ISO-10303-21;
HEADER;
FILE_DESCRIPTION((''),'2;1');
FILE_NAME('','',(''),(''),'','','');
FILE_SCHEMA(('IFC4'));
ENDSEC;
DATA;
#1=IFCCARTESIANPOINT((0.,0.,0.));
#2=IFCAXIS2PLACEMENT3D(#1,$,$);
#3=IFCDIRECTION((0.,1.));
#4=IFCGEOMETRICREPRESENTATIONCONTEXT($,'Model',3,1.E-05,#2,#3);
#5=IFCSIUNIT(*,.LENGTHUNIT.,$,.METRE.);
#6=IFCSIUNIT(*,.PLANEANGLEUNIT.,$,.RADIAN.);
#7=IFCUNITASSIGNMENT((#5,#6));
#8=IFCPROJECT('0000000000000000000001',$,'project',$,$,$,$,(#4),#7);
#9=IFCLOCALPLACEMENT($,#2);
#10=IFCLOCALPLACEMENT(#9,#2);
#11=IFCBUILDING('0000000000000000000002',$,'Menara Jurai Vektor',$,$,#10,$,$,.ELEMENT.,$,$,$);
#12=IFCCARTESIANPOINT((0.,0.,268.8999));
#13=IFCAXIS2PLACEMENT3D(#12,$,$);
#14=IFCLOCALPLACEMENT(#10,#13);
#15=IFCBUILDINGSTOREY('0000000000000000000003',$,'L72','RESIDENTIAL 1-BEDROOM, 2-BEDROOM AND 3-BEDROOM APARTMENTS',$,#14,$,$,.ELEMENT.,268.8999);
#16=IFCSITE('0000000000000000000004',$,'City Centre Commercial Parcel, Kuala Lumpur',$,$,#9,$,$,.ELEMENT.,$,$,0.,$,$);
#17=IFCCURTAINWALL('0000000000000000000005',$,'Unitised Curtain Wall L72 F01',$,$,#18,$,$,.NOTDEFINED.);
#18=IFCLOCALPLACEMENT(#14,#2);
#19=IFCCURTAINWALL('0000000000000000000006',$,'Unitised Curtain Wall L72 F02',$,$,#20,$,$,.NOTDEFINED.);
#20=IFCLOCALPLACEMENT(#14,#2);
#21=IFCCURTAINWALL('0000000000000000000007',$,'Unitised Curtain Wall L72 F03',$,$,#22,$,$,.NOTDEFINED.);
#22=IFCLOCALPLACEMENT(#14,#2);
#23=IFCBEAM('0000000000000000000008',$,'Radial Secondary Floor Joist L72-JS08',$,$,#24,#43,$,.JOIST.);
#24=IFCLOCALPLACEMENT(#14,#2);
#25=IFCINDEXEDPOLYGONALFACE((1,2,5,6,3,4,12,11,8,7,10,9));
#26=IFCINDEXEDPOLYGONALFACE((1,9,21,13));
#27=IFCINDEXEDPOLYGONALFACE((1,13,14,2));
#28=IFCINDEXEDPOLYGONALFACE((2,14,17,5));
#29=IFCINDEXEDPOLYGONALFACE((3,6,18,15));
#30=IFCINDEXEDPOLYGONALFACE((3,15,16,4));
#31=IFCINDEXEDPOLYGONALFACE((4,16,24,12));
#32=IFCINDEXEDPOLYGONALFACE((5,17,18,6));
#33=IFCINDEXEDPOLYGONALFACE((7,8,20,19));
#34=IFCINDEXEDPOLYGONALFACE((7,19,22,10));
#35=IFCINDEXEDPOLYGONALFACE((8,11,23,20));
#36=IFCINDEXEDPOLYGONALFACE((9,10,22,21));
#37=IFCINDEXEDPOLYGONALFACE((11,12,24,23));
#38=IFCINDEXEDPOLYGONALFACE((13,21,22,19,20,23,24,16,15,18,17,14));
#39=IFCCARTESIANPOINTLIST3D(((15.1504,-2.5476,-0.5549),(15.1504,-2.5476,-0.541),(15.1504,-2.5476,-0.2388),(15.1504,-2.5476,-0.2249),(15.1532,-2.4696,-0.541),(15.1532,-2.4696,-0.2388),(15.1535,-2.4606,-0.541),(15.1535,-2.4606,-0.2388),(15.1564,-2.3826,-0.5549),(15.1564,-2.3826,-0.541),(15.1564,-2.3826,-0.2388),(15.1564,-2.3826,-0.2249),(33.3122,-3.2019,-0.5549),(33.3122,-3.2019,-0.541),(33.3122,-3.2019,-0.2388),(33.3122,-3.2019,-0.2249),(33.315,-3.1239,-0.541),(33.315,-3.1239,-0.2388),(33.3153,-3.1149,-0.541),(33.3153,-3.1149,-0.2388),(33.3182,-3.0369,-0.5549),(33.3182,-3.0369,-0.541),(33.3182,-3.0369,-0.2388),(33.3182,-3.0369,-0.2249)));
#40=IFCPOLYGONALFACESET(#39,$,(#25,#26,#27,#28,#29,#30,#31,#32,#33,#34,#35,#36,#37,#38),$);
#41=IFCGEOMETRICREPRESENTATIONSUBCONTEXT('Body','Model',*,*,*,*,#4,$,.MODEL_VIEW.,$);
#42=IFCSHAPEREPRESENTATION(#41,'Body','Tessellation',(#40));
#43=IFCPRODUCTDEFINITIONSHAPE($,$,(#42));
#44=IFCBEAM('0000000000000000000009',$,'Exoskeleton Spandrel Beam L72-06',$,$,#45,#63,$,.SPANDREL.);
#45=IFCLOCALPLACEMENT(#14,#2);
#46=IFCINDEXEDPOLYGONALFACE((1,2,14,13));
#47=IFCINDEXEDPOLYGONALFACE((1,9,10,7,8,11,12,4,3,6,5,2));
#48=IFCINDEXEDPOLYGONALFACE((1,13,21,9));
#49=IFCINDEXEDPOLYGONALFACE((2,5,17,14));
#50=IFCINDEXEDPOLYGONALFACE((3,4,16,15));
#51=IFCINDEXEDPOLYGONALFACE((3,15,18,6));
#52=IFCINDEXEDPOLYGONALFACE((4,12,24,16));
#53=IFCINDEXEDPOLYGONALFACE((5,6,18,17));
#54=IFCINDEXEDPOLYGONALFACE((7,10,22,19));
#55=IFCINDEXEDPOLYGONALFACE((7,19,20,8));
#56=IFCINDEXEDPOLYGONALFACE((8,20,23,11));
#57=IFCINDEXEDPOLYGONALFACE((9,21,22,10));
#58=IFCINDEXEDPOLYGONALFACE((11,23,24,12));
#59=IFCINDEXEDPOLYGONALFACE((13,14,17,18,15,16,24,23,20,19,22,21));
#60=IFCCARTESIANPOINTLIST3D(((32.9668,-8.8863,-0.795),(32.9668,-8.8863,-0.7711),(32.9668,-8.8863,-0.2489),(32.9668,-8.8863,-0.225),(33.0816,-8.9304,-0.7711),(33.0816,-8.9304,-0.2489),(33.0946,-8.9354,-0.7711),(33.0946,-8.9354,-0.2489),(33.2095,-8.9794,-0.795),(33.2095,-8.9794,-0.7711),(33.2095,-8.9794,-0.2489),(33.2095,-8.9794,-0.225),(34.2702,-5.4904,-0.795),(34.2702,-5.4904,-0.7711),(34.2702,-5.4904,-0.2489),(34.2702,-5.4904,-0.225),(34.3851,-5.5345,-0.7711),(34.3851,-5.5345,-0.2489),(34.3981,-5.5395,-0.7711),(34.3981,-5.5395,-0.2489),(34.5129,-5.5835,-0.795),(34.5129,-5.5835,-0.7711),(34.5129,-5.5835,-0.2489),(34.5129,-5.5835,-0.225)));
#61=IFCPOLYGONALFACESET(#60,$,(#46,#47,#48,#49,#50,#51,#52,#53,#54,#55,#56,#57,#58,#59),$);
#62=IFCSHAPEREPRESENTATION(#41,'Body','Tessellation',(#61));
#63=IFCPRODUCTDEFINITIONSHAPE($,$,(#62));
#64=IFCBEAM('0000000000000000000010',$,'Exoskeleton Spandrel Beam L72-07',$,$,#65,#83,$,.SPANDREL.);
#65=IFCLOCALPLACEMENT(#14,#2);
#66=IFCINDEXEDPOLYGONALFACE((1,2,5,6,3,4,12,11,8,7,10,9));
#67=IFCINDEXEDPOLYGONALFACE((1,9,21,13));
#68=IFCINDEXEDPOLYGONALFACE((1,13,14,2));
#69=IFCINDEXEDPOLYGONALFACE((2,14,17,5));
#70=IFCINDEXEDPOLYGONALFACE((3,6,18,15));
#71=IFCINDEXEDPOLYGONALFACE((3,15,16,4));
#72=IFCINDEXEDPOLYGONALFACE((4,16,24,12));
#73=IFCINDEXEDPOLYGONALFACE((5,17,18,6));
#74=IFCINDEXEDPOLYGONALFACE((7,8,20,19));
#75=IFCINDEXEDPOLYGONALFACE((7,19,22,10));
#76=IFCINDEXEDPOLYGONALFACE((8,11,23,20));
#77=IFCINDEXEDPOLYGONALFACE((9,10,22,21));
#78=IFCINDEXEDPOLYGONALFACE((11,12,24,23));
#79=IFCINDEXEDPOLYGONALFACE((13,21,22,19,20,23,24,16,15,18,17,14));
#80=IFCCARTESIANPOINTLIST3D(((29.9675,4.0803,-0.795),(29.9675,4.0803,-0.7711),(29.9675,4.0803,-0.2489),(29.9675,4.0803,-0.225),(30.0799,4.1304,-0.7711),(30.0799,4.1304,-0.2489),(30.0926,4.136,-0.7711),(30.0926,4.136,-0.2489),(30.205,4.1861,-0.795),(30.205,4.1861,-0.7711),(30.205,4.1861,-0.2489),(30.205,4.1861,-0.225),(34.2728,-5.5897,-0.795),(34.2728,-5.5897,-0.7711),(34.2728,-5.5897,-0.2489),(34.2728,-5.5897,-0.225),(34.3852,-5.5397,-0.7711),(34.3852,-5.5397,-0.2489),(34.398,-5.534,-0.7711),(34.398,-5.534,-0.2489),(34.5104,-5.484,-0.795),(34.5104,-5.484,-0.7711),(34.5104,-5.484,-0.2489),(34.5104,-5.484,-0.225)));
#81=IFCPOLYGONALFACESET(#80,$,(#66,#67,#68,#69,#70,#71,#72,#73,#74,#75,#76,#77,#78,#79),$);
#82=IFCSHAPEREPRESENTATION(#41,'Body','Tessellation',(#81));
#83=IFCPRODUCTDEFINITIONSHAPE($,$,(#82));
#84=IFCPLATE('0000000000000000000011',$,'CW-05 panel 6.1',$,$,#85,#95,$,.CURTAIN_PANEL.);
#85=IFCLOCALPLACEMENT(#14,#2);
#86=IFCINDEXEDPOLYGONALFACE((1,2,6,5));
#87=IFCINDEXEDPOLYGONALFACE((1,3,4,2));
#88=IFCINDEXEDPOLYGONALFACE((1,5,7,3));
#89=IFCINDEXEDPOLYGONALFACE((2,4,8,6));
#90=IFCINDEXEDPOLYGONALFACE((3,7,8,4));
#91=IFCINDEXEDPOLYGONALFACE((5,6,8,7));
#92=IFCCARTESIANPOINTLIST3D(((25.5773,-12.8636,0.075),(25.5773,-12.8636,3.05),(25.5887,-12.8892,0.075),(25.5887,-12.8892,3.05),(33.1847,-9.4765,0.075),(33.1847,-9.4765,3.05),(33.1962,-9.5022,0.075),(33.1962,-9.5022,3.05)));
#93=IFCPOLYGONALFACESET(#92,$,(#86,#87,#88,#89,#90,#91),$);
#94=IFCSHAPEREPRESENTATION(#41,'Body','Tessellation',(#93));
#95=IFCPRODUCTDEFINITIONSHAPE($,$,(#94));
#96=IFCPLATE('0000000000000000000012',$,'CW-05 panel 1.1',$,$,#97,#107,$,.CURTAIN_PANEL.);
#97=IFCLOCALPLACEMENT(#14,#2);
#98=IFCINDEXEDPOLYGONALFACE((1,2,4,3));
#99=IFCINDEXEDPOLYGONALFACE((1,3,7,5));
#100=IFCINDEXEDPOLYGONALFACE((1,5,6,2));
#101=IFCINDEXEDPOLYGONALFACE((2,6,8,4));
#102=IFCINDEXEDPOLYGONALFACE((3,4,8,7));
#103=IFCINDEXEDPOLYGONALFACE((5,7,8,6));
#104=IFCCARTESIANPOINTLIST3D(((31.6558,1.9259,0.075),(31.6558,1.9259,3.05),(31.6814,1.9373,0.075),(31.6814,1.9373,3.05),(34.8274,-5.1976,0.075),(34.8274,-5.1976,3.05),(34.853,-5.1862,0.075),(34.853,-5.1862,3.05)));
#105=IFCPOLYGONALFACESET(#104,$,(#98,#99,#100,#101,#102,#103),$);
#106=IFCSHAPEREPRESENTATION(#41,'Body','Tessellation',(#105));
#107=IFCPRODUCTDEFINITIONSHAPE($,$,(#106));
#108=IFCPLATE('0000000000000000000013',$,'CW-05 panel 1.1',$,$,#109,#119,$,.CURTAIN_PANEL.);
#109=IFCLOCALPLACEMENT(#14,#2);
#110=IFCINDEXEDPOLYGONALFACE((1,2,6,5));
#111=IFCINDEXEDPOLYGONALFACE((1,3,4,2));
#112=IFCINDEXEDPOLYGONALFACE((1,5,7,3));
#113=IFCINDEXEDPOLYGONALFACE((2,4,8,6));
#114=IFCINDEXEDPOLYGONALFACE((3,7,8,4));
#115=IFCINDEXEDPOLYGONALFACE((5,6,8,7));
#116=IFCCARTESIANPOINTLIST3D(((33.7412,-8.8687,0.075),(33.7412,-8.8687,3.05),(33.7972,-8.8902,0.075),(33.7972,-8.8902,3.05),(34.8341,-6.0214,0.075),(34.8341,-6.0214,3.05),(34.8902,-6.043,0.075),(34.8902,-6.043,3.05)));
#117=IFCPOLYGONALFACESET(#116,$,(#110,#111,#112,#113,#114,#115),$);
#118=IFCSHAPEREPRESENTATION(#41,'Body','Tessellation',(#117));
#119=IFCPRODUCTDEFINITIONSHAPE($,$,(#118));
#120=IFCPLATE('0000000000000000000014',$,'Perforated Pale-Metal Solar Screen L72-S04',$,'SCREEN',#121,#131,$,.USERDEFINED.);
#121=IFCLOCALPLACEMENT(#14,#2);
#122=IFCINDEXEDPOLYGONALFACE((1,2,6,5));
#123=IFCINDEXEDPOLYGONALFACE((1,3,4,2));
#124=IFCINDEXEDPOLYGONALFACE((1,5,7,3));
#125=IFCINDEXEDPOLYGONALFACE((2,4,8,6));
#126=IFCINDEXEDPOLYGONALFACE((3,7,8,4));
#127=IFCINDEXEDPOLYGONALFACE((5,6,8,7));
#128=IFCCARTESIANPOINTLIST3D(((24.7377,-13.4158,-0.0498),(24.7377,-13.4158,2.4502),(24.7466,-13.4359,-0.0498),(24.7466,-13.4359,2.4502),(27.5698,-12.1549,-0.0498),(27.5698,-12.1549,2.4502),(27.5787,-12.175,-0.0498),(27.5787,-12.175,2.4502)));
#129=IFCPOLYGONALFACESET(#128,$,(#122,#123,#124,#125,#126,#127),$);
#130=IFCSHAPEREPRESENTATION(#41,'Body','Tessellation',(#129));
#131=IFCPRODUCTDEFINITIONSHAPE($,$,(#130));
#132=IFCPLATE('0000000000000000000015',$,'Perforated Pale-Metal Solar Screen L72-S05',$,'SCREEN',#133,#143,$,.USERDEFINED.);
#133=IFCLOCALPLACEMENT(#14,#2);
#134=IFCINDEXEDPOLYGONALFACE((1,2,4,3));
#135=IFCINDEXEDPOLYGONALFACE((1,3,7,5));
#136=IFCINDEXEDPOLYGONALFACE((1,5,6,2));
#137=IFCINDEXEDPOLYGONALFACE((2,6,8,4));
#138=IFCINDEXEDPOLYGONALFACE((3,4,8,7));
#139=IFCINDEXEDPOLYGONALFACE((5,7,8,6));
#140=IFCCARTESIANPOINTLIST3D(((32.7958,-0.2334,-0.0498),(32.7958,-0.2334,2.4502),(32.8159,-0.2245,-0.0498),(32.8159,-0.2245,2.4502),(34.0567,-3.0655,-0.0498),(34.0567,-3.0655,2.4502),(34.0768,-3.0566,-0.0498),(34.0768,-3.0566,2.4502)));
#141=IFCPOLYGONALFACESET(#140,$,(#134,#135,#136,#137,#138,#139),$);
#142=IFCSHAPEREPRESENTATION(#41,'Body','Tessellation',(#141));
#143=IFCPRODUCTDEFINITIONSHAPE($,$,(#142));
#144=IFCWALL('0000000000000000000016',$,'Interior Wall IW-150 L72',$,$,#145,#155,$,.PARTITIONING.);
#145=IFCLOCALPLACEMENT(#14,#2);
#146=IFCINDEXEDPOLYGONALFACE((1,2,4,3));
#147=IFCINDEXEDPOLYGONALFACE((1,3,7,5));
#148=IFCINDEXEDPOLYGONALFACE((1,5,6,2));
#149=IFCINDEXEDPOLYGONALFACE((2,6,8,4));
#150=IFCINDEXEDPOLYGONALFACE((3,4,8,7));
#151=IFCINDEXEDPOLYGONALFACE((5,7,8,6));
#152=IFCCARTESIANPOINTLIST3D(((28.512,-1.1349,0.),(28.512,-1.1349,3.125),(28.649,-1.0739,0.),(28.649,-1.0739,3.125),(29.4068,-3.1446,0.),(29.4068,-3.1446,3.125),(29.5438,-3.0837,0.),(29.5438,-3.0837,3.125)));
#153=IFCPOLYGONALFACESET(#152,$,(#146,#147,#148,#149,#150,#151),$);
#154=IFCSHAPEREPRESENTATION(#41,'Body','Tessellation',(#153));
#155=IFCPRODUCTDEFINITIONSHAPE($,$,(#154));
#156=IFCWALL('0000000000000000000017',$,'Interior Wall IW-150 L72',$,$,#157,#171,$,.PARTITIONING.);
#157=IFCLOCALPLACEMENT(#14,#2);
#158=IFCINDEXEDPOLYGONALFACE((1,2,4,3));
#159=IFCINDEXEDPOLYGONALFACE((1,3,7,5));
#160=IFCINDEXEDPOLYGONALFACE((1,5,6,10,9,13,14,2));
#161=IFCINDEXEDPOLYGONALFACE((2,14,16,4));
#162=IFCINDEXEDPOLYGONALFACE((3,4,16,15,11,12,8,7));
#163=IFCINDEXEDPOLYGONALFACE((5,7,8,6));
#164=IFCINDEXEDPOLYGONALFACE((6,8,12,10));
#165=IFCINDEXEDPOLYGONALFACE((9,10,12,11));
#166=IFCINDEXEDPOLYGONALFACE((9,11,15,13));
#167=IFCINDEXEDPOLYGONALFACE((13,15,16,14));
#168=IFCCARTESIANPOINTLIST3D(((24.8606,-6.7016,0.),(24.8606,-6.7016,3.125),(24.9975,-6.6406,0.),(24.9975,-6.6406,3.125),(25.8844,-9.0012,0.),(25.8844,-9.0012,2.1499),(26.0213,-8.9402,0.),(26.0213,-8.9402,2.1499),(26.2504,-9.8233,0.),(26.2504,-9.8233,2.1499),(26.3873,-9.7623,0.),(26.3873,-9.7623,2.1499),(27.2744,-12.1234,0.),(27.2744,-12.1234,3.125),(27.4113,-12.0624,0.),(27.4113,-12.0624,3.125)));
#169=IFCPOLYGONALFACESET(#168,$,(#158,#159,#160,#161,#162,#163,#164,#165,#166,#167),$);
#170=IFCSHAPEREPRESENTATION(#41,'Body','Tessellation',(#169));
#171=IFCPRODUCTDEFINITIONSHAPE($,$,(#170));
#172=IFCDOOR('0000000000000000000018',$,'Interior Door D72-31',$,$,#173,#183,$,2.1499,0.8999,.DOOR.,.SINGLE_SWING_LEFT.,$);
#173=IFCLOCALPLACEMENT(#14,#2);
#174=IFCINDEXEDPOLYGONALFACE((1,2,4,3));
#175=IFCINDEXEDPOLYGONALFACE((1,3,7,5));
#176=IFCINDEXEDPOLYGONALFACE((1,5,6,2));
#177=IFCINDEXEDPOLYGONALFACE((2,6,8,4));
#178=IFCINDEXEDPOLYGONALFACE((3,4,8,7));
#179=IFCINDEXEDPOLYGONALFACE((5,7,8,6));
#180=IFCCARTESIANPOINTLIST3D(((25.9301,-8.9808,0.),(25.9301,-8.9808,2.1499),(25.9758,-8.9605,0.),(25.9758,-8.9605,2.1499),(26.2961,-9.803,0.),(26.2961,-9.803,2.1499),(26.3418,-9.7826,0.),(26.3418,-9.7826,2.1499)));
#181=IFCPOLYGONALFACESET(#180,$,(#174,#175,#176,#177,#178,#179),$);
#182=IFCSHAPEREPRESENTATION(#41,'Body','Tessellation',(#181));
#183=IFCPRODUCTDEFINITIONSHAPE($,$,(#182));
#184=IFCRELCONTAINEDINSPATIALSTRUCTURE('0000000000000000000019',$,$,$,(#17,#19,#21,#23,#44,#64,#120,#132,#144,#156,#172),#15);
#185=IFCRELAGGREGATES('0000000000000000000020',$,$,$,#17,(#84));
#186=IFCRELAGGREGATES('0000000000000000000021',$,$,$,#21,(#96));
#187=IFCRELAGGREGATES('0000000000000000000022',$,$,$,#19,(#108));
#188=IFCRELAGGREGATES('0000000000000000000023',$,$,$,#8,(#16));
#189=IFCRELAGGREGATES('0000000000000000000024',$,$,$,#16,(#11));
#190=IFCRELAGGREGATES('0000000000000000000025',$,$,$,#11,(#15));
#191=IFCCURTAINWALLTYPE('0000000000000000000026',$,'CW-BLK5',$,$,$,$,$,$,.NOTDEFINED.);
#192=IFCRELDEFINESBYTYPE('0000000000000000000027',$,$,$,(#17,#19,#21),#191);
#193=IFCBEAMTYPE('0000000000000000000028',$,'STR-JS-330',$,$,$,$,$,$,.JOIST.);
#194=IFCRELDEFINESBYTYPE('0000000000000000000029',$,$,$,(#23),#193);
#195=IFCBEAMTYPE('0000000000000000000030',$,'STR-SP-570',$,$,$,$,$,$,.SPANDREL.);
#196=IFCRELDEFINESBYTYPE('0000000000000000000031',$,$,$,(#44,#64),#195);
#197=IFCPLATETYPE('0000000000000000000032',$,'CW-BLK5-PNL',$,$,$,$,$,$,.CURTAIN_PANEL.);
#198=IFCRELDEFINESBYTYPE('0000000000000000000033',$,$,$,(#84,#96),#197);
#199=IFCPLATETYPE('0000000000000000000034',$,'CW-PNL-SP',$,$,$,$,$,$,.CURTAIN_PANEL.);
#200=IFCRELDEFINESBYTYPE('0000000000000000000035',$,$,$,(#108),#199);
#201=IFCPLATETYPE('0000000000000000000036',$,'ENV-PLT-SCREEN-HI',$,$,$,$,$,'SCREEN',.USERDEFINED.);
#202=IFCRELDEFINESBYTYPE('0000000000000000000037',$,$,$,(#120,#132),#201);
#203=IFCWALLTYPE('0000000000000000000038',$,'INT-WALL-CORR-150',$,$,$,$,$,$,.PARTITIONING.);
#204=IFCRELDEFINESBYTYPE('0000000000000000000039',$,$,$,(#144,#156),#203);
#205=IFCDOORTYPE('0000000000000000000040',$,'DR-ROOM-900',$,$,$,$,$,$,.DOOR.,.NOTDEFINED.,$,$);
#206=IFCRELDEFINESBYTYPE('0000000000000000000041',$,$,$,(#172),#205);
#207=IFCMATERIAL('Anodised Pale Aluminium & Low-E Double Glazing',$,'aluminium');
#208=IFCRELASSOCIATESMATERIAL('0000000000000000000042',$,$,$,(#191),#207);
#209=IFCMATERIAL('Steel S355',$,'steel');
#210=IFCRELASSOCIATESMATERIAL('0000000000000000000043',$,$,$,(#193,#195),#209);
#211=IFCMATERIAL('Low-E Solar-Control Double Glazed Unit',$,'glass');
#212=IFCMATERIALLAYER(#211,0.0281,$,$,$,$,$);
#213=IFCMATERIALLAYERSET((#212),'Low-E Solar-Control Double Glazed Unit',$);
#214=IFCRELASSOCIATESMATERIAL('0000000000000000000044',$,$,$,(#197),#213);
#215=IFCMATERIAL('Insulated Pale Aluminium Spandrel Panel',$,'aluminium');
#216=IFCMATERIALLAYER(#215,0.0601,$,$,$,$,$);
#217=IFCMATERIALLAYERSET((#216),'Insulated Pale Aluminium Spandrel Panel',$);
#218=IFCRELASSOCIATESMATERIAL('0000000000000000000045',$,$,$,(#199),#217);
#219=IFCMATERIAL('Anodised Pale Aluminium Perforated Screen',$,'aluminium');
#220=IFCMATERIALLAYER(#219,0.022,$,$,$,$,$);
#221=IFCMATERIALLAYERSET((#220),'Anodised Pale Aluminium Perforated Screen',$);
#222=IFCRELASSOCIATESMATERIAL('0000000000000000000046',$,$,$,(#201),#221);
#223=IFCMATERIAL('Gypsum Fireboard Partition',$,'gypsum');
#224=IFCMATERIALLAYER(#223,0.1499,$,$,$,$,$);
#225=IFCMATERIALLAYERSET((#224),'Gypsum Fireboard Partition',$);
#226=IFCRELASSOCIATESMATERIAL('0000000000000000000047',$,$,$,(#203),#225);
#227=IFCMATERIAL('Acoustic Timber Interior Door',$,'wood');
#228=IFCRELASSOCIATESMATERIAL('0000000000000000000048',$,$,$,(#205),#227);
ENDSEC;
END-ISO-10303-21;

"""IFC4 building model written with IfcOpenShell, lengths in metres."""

from ifc_helpers import new_model, si_unit, direction, frame, frame_2d, origin, origin_2d, place, context, subcontext, project, spatial, rectangle, i_section, extrude, material, layer, layer_set, material_profile, profile_set, type_object, element, fill, aggregate, save


model = new_model("IFC4")

# Units and contexts
model_context = context("Model", 3, precision=1e-05, world=origin(), true_north=direction((0.0, 1.0)))
body_context = subcontext(model_context, "Body", "Model", "MODEL_VIEW")
ifc_project = project(units=[si_unit("LENGTHUNIT", "METRE"), si_unit("PLANEANGLEUNIT", "RADIAN")], contexts=[model_context])

# Site, building, storey
site_placement = place(None, origin())
site = spatial("IfcSite", under=ifc_project, at=site_placement, Name="City Centre Commercial Parcel, Kuala Lumpur", CompositionType="ELEMENT", RefElevation=0.0)
building_placement = place(site_placement, origin())
building = spatial("IfcBuilding", under=site, at=building_placement, Name="Menara Jurai Vektor", CompositionType="ELEMENT")
storey_placement = place(building_placement, frame((0.0, 0.0, 268.8999)))
storey = spatial("IfcBuildingStorey", under=building, at=storey_placement, Name="L72", Description="RESIDENTIAL 1-BEDROOM, 2-BEDROOM AND 3-BEDROOM APARTMENTS", CompositionType="ELEMENT", Elevation=268.8999)

# Curtain wall
ifc_material_1 = material(Name="Anodised Pale Aluminium & Low-E Double Glazing", Category="aluminium")
curtain_wall_type = type_object("IfcCurtainWallType", Name="CW-BLK5", PredefinedType="NOTDEFINED", material=ifc_material_1)
curtain_wall_1_placement = place(storey_placement, origin())
curtain_wall_1 = element("IfcCurtainWall", 1, at=curtain_wall_1_placement, inside=storey, type_object=curtain_wall_type, Name="Unitised Curtain Wall L72 F01", PredefinedType="NOTDEFINED")

# Curtain wall
curtain_wall_2_placement = place(storey_placement, origin())
curtain_wall_2 = element("IfcCurtainWall", 2, at=curtain_wall_2_placement, inside=storey, type_object=curtain_wall_type, Name="Unitised Curtain Wall L72 F02", PredefinedType="NOTDEFINED")

# Curtain wall
curtain_wall_3_placement = place(storey_placement, origin())
curtain_wall_3 = element("IfcCurtainWall", 3, at=curtain_wall_3_placement, inside=storey, type_object=curtain_wall_type, Name="Unitised Curtain Wall L72 F03", PredefinedType="NOTDEFINED")

# Shared definitions
ifc_material_2 = material(Name="Steel S355", Category="steel")

# Beams
ifc_material_profile_1 = material_profile(ifc_material_2, i_section(OverallWidth=0.165, OverallDepth=0.3301, WebThickness=0.009, FlangeThickness=0.0139, at=origin_2d()), Name="PG 330x165x46")
ifc_profile_set_1 = profile_set([ifc_material_profile_1], Name="Steel S355")
beam_type_1 = type_object("IfcBeamType", Name="STR-JS-330", PredefinedType="JOIST", material=ifc_profile_set_1)
beam_1_placement = place(storey_placement, frame((33.3152, -3.1194, -0.3899), z_axis=(-0.999352, 0.036003, 0.0), x_axis=(-0.036003, -0.999352, 0.0)))
element("IfcBeam", 4, at=beam_1_placement, inside=storey, type_object=beam_type_1, Name="Radial Secondary Floor Joist L72-JS08", PredefinedType="JOIST", context=body_context, shape_type="SweptSolid", body=[
    extrude(i_section(OverallWidth=0.165, OverallDepth=0.3301, WebThickness=0.009, FlangeThickness=0.0139, at=origin_2d()), origin(), (0.0, 0.0, 1.0), 18.1736),
])
ifc_material_profile_2 = material_profile(ifc_material_2, i_section(OverallWidth=0.26, OverallDepth=0.5701, WebThickness=0.0139, FlangeThickness=0.0239, at=origin_2d()), Name="PG 570x260x145")
ifc_profile_set_2 = profile_set([ifc_material_profile_2], Name="Steel S355")
beam_type_2 = type_object("IfcBeamType", Name="STR-SP-570", PredefinedType="SPANDREL", material=ifc_profile_set_2)
beam_2_placement = place(storey_placement, frame((33.0881, -8.9329, -0.51), z_axis=(0.358336, 0.933593, 0.0), x_axis=(-0.933593, 0.358336, 0.0)))
element("IfcBeam", 5, at=beam_2_placement, inside=storey, type_object=beam_type_2, Name="Exoskeleton Spandrel Beam L72-06", PredefinedType="SPANDREL", context=body_context, shape_type="SweptSolid", body=[
    extrude(i_section(OverallWidth=0.26, OverallDepth=0.5701, WebThickness=0.0139, FlangeThickness=0.0239, at=origin_2d()), origin(), (0.0, 0.0, 1.0), 3.6375),
])
beam_3_placement = place(storey_placement, frame((34.3916, -5.5369, -0.51), z_axis=(-0.406735, 0.913546, 0.0), x_axis=(-0.913546, -0.406735, 0.0)))
element("IfcBeam", 6, at=beam_3_placement, inside=storey, type_object=beam_type_2, Name="Exoskeleton Spandrel Beam L72-07", PredefinedType="SPANDREL", context=body_context, shape_type="SweptSolid", body=[
    extrude(i_section(OverallWidth=0.26, OverallDepth=0.5701, WebThickness=0.0139, FlangeThickness=0.0239, at=origin_2d()), origin(), (0.0, 0.0, 1.0), 10.5852),
])

# Plates
ifc_material_3 = material(Name="Low-E Solar-Control Double Glazed Unit", Category="glass")
ifc_layer_1 = layer(ifc_material_3, 0.0281)
ifc_layer_set_1 = layer_set([ifc_layer_1], Name="Low-E Solar-Control Double Glazed Unit")
plate_type_1 = type_object("IfcPlateType", Name="CW-BLK5-PNL", PredefinedType="CURTAIN_PANEL", material=ifc_layer_set_1)
plate_1_placement = place(storey_placement, frame((29.3867, -11.1829, 0.075), z_axis=(0.0, 0.0, 1.0), x_axis=(0.913546, 0.406735, 0.0)))
plate_1 = element("IfcPlate", 7, at=plate_1_placement, type_object=plate_type_1, Name="CW-05 panel 6.1", PredefinedType="CURTAIN_PANEL", context=body_context, shape_type="SweptSolid", body=[
    extrude(rectangle(XDim=8.3274, YDim=0.0281, at=origin_2d()), origin(), (0.0, 0.0, 1.0), 2.9751),
])
aggregate(curtain_wall_1, [plate_1])
plate_2_placement = place(storey_placement, frame((33.2544, -1.6301, 0.075), z_axis=(0.0, 0.0, 1.0), x_axis=(-0.406735, 0.913546, 0.0)))
plate_2 = element("IfcPlate", 8, at=plate_2_placement, type_object=plate_type_1, Name="CW-05 panel 1.1", PredefinedType="CURTAIN_PANEL", context=body_context, shape_type="SweptSolid", body=[
    extrude(rectangle(XDim=7.7976, YDim=0.0281, at=origin_2d()), origin(), (0.0, 0.0, 1.0), 2.9751),
])
aggregate(curtain_wall_3, [plate_2])
ifc_material_4 = material(Name="Insulated Pale Aluminium Spandrel Panel", Category="aluminium")
ifc_layer_2 = layer(ifc_material_4, 0.0601)
ifc_layer_set_2 = layer_set([ifc_layer_2], Name="Insulated Pale Aluminium Spandrel Panel")
plate_type_2 = type_object("IfcPlateType", Name="CW-PNL-SP", PredefinedType="CURTAIN_PANEL", material=ifc_layer_set_2)
plate_3_placement = place(storey_placement, frame((34.3157, -7.4558, 0.075), z_axis=(0.0, 0.0, 1.0), x_axis=(0.358374, 0.933578, 0.0)))
plate_3 = element("IfcPlate", 9, at=plate_3_placement, type_object=plate_type_2, Name="CW-05 panel 1.1", PredefinedType="CURTAIN_PANEL", context=body_context, shape_type="SweptSolid", body=[
    extrude(rectangle(XDim=3.0498, YDim=0.0601, at=origin_2d()), origin(), (0.0, 0.0, 1.0), 2.9751),
])
aggregate(curtain_wall_2, [plate_3])

# Plates
ifc_material_5 = material(Name="Anodised Pale Aluminium Perforated Screen", Category="aluminium")
ifc_layer_3 = layer(ifc_material_5, 0.022)
ifc_layer_set_3 = layer_set([ifc_layer_3], Name="Anodised Pale Aluminium Perforated Screen")
plate_type_3 = type_object("IfcPlateType", Name="ENV-PLT-SCREEN-HI", ElementType="SCREEN", PredefinedType="USERDEFINED", material=ifc_layer_set_3)
for number, where, z_axis, x_axis, name in (
    (10, (26.1582, -12.7954, -0.0498), (0.0, 0.0, 1.0), (0.913545, 0.406737, 0.0), "Perforated Pale-Metal Solar Screen L72-S04"),
    (11, (33.4363, -1.645, -0.0498), (0.0, 0.0, 1.0), (-0.406737, 0.913545, 0.0), "Perforated Pale-Metal Solar Screen L72-S05"),
):
    element("IfcPlate", number, at=place(storey_placement, frame(where, z_axis=z_axis, x_axis=x_axis)), inside=storey, type_object=plate_type_3, Name=name, ObjectType="SCREEN", PredefinedType="USERDEFINED", context=body_context, shape_type="SweptSolid", body=[
        extrude(rectangle(XDim=3.1001, YDim=0.022, at=origin_2d()), origin(), (0.0, 0.0, 1.0), 2.5),
    ])

# Wall
ifc_material_6 = material(Name="Gypsum Fireboard Partition", Category="gypsum")
ifc_layer_4 = layer(ifc_material_6, 0.1499)
ifc_layer_set_4 = layer_set([ifc_layer_4], Name="Gypsum Fireboard Partition")
wall_type = type_object("IfcWallType", Name="INT-WALL-CORR-150", PredefinedType="PARTITIONING", material=ifc_layer_set_4)
wall_1_placement = place(storey_placement, frame((29.4753, -3.1143, 0.0), z_axis=(0.0, 0.0, 1.0), x_axis=(-0.406725, 0.913551, 0.0)))
element("IfcWall", 12, at=wall_1_placement, inside=storey, type_object=wall_type, Name="Interior Wall IW-150 L72", PredefinedType="PARTITIONING", context=body_context, shape_type="SweptSolid", body=[
    extrude(rectangle(XDim=2.2, YDim=0.1499, at=frame_2d((1.1001, 0.0))), origin(), (0.0, 0.0, 1.0), 3.125),
])

# Wall, opening, door
wall_2_placement = place(storey_placement, frame((27.3428, -12.0928, 0.0), z_axis=(0.0, 0.0, 1.0), x_axis=(-0.406715, 0.913555, 0.0)))
wall_2 = element("IfcWall", 13, at=wall_2_placement, inside=storey, type_object=wall_type, Name="Interior Wall IW-150 L72", PredefinedType="PARTITIONING", context=body_context, shape_type="SweptSolid", body=[
    extrude(rectangle(XDim=5.9348, YDim=0.1499, at=frame_2d((2.9673, 0.0))), origin(), (0.0, 0.0, 1.0), 3.125),
])
opening_placement = place(wall_2_placement, frame((2.5176, 0.0, 0.0)))
opening = element("IfcOpeningElement", 14, at=opening_placement, cuts=wall_2, PredefinedType="OPENING", context=body_context, shape_type="SweptSolid", body=[
    extrude(rectangle(XDim=0.8999, YDim=2.1499, at=frame_2d((0.45, 1.075))), frame((0.0, 0.085, 0.0), z_axis=(0.0, -1.0, 0.0), x_axis=(1.0, 0.0, 0.0)), (0.0, 0.0, 1.0), 0.1699),
])
ifc_material_7 = material(Name="Acoustic Timber Interior Door", Category="wood")
door_type = type_object("IfcDoorType", Name="DR-ROOM-900", OperationType="NOTDEFINED", PredefinedType="DOOR", material=ifc_material_7)
door_placement = place(opening_placement, origin())
door = element("IfcDoor", 15, at=door_placement, inside=storey, type_object=door_type, Name="Interior Door D72-31", OperationType="SINGLE_SWING_LEFT", OverallHeight=2.1499, OverallWidth=0.8999, PredefinedType="DOOR", context=body_context, shape_type="SweptSolid", body=[
    extrude(rectangle(XDim=0.8999, YDim=2.1499, at=frame_2d((0.45, 1.075))), frame((0.0, 0.0249, 0.0), z_axis=(0.0, -1.0, 0.0), x_axis=(1.0, 0.0, 0.0)), (0.0, 0.0, 1.0), 0.05),
])
fill(opening, door)

save(model, "model.ifc")
